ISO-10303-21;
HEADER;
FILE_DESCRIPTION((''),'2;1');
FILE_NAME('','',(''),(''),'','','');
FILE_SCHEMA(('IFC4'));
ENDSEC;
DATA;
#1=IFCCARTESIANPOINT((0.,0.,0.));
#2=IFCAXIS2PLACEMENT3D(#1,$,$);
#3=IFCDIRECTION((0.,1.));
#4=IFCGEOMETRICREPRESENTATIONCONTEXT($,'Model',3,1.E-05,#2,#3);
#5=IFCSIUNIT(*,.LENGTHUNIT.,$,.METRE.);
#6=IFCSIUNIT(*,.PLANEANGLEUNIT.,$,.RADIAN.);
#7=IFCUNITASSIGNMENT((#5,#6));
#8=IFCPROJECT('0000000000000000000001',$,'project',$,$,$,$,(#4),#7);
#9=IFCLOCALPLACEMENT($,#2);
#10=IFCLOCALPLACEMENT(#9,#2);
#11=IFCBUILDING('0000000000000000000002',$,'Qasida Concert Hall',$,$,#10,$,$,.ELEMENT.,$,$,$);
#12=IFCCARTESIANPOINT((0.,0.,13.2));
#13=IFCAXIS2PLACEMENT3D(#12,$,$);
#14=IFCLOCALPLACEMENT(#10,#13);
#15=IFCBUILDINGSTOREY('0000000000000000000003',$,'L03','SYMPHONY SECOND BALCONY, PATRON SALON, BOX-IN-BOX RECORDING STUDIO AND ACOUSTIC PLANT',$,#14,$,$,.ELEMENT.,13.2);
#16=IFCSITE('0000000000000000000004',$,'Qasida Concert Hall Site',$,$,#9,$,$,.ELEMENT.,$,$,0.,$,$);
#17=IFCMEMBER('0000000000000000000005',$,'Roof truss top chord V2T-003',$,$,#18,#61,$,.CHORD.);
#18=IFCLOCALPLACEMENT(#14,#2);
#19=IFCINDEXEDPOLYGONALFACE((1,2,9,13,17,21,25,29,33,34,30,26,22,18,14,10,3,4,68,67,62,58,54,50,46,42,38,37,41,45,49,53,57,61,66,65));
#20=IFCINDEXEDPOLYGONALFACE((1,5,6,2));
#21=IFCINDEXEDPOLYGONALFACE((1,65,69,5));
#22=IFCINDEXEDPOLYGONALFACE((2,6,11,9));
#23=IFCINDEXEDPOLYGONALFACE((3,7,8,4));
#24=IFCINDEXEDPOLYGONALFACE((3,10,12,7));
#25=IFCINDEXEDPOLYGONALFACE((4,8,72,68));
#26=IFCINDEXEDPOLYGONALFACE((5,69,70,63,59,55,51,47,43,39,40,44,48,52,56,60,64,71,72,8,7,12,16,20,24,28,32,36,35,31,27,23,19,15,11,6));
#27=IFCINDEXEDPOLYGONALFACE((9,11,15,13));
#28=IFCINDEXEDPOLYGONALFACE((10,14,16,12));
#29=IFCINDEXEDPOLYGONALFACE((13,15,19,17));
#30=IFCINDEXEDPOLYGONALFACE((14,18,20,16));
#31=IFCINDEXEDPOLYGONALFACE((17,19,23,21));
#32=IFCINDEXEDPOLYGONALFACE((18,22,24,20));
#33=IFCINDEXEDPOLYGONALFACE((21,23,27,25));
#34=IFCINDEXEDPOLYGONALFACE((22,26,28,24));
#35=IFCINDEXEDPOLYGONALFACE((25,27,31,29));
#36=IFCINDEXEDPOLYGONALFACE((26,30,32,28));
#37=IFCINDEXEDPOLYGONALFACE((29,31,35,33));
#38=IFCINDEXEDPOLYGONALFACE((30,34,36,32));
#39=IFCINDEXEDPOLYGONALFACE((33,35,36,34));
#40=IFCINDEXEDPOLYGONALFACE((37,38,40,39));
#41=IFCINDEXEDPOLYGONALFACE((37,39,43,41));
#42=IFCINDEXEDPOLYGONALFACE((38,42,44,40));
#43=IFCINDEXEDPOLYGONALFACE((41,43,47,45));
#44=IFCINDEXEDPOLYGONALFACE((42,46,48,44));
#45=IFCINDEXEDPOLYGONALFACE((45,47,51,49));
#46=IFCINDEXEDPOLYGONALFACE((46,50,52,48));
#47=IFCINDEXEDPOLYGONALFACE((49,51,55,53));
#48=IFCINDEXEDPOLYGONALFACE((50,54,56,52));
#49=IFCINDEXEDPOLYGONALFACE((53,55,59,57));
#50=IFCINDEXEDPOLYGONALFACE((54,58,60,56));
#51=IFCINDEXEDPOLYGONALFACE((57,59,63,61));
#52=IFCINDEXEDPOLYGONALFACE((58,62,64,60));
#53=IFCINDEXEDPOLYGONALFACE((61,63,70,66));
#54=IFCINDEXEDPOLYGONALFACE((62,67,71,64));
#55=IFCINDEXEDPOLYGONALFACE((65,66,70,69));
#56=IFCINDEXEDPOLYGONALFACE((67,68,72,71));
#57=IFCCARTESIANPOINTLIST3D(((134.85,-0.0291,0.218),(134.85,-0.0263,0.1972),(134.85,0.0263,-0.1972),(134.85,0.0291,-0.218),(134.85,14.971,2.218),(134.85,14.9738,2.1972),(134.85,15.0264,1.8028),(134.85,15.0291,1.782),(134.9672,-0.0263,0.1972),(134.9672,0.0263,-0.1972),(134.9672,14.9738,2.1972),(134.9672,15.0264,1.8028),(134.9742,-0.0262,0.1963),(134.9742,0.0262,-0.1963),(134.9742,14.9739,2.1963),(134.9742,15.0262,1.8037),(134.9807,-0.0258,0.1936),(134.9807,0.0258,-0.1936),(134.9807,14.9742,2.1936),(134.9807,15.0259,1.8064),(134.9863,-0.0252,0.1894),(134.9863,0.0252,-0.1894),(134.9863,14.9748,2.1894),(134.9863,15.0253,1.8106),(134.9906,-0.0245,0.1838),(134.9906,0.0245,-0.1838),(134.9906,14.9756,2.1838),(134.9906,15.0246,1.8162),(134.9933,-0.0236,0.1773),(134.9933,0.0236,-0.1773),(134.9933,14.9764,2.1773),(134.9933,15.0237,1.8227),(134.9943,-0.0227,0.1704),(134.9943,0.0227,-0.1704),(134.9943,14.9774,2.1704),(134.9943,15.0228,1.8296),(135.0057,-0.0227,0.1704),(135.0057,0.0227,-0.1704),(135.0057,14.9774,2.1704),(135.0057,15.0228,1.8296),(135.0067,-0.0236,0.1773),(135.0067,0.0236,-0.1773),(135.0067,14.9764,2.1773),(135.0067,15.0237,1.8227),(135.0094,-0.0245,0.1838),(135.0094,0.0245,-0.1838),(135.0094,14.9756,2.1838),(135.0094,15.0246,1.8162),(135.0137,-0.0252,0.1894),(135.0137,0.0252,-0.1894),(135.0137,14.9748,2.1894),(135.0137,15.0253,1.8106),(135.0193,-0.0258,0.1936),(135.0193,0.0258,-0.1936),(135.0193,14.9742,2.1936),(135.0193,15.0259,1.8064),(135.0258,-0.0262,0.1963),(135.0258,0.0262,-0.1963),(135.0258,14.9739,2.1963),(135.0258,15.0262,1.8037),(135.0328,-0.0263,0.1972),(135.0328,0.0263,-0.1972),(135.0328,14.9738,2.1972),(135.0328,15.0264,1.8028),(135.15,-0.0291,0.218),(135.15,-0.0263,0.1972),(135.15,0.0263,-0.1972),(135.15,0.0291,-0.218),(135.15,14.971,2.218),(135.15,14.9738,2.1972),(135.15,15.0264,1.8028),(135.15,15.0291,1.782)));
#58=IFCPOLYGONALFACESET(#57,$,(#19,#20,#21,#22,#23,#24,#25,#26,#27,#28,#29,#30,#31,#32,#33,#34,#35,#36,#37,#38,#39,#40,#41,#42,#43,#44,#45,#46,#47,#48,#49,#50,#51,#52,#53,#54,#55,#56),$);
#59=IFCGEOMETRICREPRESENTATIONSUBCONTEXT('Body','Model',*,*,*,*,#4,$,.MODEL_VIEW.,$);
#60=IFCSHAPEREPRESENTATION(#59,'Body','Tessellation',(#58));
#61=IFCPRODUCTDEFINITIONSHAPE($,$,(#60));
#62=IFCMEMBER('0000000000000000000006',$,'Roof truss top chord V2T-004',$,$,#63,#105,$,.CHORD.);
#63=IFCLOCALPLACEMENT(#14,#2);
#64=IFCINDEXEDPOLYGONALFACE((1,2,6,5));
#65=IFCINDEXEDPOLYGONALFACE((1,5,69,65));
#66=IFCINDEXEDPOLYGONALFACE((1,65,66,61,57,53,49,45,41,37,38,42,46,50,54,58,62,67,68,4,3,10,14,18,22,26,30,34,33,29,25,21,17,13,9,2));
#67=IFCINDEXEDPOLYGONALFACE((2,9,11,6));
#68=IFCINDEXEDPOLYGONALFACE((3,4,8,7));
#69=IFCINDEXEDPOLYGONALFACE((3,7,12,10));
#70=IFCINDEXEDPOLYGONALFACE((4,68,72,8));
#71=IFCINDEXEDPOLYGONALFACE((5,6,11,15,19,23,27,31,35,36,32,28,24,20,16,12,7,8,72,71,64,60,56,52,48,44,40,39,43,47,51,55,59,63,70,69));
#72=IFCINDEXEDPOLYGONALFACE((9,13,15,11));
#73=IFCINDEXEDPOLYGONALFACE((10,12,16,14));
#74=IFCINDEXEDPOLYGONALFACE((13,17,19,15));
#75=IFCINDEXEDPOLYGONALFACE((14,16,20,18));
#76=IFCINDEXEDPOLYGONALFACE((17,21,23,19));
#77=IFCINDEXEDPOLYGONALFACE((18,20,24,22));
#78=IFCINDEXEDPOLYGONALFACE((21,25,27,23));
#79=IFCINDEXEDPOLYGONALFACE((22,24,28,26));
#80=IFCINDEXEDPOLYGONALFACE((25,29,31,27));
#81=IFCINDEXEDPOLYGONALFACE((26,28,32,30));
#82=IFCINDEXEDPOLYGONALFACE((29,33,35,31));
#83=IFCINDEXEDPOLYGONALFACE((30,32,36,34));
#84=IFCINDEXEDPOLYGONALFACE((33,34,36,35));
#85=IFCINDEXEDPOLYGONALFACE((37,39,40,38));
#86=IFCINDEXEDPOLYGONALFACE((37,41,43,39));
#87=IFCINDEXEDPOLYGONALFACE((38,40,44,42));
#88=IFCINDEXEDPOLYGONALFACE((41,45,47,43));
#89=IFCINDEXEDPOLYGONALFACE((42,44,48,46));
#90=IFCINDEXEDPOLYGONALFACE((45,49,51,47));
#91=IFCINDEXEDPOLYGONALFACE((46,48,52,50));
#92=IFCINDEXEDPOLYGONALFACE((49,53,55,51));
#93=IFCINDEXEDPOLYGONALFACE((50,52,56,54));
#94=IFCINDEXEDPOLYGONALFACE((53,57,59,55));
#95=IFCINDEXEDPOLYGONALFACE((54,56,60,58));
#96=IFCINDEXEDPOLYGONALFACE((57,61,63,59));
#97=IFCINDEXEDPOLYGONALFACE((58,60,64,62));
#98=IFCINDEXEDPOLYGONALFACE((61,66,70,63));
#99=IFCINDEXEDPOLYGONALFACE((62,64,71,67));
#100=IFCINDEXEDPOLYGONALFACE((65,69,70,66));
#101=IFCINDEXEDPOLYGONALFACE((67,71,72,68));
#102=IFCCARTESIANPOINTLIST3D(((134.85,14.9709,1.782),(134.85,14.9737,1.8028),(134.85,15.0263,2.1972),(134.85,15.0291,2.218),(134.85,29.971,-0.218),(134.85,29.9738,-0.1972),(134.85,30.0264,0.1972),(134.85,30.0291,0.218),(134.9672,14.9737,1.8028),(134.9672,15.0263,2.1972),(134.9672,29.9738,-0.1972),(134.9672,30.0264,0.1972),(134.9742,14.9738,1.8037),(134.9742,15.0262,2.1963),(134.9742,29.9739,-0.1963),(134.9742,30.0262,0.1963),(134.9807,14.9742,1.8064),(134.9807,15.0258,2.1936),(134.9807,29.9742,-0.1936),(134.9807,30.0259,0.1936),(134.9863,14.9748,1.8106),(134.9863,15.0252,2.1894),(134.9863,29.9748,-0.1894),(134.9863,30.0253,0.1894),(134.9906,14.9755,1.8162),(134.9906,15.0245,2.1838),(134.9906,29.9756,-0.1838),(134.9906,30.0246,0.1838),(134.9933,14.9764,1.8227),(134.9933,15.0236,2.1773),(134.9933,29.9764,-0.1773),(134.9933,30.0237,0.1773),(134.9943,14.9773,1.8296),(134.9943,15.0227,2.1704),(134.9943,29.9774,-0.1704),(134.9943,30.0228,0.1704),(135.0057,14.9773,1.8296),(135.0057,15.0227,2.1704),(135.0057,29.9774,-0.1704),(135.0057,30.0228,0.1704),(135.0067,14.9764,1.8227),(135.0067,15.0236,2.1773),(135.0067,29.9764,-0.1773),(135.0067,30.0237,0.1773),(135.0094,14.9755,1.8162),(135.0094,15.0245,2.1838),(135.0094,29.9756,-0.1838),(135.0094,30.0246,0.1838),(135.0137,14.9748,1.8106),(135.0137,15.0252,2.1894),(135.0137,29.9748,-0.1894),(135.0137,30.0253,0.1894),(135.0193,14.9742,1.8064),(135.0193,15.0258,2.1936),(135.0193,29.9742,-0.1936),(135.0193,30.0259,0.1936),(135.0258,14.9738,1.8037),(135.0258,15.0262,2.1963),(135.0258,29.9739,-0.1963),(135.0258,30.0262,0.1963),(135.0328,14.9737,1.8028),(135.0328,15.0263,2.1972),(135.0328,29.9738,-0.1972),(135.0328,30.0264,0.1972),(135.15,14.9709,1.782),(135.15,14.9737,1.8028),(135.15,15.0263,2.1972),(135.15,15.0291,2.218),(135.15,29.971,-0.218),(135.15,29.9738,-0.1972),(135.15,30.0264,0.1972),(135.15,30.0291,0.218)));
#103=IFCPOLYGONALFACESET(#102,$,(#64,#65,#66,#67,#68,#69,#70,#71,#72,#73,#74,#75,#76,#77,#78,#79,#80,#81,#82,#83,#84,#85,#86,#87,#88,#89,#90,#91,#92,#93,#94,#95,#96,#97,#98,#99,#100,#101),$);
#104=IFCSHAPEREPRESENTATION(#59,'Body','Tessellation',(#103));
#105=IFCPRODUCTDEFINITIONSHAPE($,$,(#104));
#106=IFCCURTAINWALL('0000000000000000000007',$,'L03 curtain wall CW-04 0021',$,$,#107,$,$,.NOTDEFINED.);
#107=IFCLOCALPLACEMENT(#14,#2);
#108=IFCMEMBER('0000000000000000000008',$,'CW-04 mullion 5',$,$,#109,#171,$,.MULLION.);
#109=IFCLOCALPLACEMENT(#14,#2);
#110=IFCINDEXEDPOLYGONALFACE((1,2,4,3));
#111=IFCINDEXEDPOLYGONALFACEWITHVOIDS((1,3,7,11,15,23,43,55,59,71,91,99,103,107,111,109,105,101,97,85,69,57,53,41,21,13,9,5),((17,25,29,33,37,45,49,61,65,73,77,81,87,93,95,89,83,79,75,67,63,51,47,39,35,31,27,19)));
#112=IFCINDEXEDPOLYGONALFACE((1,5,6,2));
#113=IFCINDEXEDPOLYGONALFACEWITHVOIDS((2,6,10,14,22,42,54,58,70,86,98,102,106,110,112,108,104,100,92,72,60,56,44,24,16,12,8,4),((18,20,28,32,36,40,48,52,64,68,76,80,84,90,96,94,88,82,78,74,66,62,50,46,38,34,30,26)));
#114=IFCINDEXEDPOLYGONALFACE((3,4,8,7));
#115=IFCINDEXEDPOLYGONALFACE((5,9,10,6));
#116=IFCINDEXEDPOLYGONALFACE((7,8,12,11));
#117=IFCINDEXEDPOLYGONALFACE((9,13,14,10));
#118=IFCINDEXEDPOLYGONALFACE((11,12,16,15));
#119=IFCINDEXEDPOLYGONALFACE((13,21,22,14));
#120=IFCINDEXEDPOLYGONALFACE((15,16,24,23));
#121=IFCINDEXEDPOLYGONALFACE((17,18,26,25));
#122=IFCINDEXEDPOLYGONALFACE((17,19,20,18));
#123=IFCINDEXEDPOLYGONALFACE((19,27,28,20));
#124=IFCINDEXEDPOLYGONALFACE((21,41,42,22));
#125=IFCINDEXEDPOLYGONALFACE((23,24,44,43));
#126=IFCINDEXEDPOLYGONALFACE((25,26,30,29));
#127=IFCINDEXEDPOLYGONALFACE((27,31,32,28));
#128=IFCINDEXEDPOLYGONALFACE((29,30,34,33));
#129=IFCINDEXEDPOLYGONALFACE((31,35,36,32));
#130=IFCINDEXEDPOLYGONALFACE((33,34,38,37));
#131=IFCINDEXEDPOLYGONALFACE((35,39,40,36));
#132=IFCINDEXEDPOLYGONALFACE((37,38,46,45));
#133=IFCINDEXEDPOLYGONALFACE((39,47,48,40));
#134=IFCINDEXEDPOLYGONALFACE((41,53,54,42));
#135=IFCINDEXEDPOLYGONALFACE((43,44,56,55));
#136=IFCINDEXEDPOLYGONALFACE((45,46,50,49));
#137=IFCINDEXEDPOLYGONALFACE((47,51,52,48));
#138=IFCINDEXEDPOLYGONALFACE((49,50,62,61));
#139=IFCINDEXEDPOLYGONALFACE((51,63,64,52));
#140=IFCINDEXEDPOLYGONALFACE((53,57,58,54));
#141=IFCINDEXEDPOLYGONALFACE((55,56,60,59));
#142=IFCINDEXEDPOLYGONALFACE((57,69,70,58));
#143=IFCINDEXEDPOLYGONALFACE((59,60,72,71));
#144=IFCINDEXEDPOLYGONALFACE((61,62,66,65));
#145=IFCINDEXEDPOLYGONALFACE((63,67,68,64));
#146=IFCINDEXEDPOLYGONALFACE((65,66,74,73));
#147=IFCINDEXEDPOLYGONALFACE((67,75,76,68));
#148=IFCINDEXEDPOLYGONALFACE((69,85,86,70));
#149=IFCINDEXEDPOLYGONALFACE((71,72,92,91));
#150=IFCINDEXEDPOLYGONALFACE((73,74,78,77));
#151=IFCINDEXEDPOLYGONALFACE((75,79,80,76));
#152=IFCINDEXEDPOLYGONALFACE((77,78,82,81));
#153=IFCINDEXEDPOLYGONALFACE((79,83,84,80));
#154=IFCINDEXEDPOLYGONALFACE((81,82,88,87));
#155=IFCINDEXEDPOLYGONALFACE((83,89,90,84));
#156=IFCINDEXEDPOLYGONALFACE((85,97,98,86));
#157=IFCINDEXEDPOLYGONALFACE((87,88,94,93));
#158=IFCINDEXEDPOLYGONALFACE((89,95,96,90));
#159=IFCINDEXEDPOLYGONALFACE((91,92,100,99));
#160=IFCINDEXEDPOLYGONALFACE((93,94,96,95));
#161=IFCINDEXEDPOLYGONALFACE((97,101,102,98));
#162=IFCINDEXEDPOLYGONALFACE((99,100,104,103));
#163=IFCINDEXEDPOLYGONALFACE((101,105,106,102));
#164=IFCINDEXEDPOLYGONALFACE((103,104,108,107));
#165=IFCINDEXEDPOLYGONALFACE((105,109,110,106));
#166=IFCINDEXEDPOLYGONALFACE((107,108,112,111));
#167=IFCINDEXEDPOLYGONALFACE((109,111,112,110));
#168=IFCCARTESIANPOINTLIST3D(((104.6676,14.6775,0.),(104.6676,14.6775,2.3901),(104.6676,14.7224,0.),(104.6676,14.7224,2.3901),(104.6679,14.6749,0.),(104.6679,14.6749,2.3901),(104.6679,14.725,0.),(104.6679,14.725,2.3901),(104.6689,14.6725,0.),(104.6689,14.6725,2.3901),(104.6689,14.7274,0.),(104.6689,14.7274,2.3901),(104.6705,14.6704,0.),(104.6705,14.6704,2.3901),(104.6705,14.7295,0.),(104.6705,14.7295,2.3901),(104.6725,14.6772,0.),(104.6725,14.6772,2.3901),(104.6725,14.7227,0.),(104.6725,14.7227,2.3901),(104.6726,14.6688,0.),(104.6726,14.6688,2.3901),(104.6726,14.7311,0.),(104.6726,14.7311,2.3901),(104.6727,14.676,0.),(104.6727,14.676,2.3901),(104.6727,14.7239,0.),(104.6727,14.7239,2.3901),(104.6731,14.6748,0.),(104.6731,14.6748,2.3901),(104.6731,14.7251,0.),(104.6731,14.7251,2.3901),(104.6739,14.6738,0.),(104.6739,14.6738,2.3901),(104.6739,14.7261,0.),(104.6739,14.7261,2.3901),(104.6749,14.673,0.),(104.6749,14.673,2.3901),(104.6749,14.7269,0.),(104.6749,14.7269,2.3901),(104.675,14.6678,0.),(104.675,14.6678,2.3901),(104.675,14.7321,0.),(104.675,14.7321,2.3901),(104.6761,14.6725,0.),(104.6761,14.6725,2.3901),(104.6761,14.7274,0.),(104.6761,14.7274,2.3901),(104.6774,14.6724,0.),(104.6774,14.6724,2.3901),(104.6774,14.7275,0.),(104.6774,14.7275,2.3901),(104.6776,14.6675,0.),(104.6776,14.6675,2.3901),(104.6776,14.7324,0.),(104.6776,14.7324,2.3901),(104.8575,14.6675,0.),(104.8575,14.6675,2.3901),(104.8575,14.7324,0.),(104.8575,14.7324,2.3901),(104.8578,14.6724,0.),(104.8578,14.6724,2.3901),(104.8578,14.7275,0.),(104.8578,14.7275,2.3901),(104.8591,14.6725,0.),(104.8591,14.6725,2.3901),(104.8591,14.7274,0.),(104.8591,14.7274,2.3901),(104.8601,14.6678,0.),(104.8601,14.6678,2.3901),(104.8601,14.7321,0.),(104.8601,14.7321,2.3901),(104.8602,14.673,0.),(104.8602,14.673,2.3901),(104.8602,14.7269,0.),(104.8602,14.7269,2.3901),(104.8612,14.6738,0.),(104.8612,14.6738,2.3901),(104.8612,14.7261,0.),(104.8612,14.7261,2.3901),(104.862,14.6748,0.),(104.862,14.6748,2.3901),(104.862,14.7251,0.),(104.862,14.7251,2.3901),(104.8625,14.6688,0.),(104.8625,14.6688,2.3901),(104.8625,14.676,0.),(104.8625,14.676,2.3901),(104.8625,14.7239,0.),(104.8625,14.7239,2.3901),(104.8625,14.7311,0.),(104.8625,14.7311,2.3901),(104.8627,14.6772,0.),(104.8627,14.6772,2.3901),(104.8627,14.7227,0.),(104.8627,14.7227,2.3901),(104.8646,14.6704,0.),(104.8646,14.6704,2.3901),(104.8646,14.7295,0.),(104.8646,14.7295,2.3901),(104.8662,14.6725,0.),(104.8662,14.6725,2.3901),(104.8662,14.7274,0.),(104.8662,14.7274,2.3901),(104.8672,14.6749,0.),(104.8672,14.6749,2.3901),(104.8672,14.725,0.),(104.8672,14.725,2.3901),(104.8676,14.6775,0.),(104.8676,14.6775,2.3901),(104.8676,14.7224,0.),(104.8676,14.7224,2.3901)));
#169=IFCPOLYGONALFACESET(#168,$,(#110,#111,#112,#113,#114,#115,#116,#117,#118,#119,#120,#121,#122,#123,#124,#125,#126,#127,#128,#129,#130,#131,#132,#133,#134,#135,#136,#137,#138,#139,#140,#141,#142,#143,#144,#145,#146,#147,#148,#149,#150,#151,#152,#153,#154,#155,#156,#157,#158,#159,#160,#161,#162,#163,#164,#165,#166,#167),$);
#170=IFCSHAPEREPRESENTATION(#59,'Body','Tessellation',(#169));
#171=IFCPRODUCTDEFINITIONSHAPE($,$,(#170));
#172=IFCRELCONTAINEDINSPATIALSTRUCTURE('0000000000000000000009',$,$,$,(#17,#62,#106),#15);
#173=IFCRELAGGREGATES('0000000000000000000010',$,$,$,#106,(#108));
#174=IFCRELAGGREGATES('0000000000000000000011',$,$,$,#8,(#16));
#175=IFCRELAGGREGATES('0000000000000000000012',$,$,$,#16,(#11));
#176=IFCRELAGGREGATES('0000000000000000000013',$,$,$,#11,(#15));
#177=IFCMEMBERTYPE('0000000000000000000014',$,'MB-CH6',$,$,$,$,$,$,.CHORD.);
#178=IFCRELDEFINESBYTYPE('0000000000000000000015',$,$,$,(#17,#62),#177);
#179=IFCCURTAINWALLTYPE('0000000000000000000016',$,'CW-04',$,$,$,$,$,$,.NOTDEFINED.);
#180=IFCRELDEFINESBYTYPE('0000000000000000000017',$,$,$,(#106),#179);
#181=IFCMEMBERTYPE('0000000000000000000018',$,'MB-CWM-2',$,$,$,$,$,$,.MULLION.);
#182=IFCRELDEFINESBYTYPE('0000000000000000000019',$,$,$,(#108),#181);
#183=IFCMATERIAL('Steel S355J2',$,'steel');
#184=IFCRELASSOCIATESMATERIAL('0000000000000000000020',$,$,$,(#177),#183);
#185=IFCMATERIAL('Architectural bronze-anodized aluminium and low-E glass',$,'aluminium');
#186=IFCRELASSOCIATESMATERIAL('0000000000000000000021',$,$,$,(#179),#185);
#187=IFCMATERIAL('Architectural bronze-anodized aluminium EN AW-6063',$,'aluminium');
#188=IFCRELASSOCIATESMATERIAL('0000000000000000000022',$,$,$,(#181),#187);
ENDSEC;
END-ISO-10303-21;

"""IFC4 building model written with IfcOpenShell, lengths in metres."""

from ifc_helpers import new_model, si_unit, direction, frame, origin, origin_2d, place, context, subcontext, project, spatial, hollow_rectangle, i_section, extrude, material, material_profile, profile_set, type_object, element, aggregate, save


model = new_model("IFC4")

# Units and contexts
model_context = context("Model", 3, precision=1e-05, world=origin(), true_north=direction((0.0, 1.0)))
body_context = subcontext(model_context, "Body", "Model", "MODEL_VIEW")
ifc_project = project(units=[si_unit("LENGTHUNIT", "METRE"), si_unit("PLANEANGLEUNIT", "RADIAN")], contexts=[model_context])

# Site, building, storey
site_placement = place(None, origin())
site = spatial("IfcSite", under=ifc_project, at=site_placement, Name="Qasida Concert Hall Site", CompositionType="ELEMENT", RefElevation=0.0)
building_placement = place(site_placement, origin())
building = spatial("IfcBuilding", under=site, at=building_placement, Name="Qasida Concert Hall", CompositionType="ELEMENT")
storey_placement = place(building_placement, frame((0.0, 0.0, 13.2)))
storey = spatial("IfcBuildingStorey", under=building, at=storey_placement, Name="L03", Description="SYMPHONY SECOND BALCONY, PATRON SALON, BOX-IN-BOX RECORDING STUDIO AND ACOUSTIC PLANT", CompositionType="ELEMENT", Elevation=13.2)

# Members
ifc_material_1 = material(Name="Steel S355J2", Category="steel")
ifc_material_profile_1 = material_profile(ifc_material_1, i_section(OverallWidth=0.3, OverallDepth=0.4399, WebThickness=0.0115, FlangeThickness=0.021, FilletRadius=0.0271, at=origin_2d()), Name="HEA 450")
ifc_profile_set_1 = profile_set([ifc_material_profile_1], Name="Steel S355J2")
member_type_1 = type_object("IfcMemberType", Name="MB-CH6", PredefinedType="CHORD", material=ifc_profile_set_1)
for number, where, z_axis, x_axis, name in (
    (1, (135.0, 0.0, 0.0), (0.0, 0.991228, 0.132164), (-1.0, 0.0, 0.0), "Roof truss top chord V2T-003"),
    (2, (135.0, 15.0, 2.0), (0.0, 0.991228, -0.132164), (-1.0, 0.0, 0.0), "Roof truss top chord V2T-004"),
):
    element("IfcMember", number, at=place(storey_placement, frame(where, z_axis=z_axis, x_axis=x_axis)), inside=storey, type_object=member_type_1, Name=name, PredefinedType="CHORD", context=body_context, shape_type="SweptSolid", body=[
        extrude(i_section(OverallWidth=0.3, OverallDepth=0.4399, WebThickness=0.0115, FlangeThickness=0.021, FilletRadius=0.0271, at=origin_2d()), origin(), (0.0, 0.0, 1.0), 15.1328),
    ])

# Curtain wall, member
ifc_material_2 = material(Name="Architectural bronze-anodized aluminium and low-E glass", Category="aluminium")
curtain_wall_type = type_object("IfcCurtainWallType", Name="CW-04", PredefinedType="NOTDEFINED", material=ifc_material_2)
curtain_wall_placement = place(storey_placement, origin())
curtain_wall = element("IfcCurtainWall", 3, at=curtain_wall_placement, inside=storey, type_object=curtain_wall_type, Name="L03 curtain wall CW-04 0021", PredefinedType="NOTDEFINED")
ifc_material_3 = material(Name="Architectural bronze-anodized aluminium EN AW-6063", Category="aluminium")
ifc_material_profile_2 = material_profile(ifc_material_3, hollow_rectangle(XDim=0.0649, YDim=0.2, WallThickness=0.0049, InnerFilletRadius=0.0049, OuterFilletRadius=0.01, at=origin_2d()), Name="CWM 200x65x5")
ifc_profile_set_2 = profile_set([ifc_material_profile_2], Name="Architectural bronze-anodized aluminium EN AW-6063")
member_type_2 = type_object("IfcMemberType", Name="MB-CWM-2", PredefinedType="MULLION", material=ifc_profile_set_2)
member_1_placement = place(storey_placement, frame((104.7676, 14.7, 0.0), z_axis=(0.0, 0.0, 1.0), x_axis=(0.0, 1.0, 0.0)))
member_1 = element("IfcMember", 4, at=member_1_placement, type_object=member_type_2, Name="CW-04 mullion 5", PredefinedType="MULLION", context=body_context, shape_type="SweptSolid", body=[
    extrude(hollow_rectangle(XDim=0.0649, YDim=0.2, WallThickness=0.0049, InnerFilletRadius=0.0049, OuterFilletRadius=0.01, at=origin_2d()), origin(), (0.0, 0.0, 1.0), 2.3901),
])

aggregate(curtain_wall, [member_1])

save(model, "model.ifc")
